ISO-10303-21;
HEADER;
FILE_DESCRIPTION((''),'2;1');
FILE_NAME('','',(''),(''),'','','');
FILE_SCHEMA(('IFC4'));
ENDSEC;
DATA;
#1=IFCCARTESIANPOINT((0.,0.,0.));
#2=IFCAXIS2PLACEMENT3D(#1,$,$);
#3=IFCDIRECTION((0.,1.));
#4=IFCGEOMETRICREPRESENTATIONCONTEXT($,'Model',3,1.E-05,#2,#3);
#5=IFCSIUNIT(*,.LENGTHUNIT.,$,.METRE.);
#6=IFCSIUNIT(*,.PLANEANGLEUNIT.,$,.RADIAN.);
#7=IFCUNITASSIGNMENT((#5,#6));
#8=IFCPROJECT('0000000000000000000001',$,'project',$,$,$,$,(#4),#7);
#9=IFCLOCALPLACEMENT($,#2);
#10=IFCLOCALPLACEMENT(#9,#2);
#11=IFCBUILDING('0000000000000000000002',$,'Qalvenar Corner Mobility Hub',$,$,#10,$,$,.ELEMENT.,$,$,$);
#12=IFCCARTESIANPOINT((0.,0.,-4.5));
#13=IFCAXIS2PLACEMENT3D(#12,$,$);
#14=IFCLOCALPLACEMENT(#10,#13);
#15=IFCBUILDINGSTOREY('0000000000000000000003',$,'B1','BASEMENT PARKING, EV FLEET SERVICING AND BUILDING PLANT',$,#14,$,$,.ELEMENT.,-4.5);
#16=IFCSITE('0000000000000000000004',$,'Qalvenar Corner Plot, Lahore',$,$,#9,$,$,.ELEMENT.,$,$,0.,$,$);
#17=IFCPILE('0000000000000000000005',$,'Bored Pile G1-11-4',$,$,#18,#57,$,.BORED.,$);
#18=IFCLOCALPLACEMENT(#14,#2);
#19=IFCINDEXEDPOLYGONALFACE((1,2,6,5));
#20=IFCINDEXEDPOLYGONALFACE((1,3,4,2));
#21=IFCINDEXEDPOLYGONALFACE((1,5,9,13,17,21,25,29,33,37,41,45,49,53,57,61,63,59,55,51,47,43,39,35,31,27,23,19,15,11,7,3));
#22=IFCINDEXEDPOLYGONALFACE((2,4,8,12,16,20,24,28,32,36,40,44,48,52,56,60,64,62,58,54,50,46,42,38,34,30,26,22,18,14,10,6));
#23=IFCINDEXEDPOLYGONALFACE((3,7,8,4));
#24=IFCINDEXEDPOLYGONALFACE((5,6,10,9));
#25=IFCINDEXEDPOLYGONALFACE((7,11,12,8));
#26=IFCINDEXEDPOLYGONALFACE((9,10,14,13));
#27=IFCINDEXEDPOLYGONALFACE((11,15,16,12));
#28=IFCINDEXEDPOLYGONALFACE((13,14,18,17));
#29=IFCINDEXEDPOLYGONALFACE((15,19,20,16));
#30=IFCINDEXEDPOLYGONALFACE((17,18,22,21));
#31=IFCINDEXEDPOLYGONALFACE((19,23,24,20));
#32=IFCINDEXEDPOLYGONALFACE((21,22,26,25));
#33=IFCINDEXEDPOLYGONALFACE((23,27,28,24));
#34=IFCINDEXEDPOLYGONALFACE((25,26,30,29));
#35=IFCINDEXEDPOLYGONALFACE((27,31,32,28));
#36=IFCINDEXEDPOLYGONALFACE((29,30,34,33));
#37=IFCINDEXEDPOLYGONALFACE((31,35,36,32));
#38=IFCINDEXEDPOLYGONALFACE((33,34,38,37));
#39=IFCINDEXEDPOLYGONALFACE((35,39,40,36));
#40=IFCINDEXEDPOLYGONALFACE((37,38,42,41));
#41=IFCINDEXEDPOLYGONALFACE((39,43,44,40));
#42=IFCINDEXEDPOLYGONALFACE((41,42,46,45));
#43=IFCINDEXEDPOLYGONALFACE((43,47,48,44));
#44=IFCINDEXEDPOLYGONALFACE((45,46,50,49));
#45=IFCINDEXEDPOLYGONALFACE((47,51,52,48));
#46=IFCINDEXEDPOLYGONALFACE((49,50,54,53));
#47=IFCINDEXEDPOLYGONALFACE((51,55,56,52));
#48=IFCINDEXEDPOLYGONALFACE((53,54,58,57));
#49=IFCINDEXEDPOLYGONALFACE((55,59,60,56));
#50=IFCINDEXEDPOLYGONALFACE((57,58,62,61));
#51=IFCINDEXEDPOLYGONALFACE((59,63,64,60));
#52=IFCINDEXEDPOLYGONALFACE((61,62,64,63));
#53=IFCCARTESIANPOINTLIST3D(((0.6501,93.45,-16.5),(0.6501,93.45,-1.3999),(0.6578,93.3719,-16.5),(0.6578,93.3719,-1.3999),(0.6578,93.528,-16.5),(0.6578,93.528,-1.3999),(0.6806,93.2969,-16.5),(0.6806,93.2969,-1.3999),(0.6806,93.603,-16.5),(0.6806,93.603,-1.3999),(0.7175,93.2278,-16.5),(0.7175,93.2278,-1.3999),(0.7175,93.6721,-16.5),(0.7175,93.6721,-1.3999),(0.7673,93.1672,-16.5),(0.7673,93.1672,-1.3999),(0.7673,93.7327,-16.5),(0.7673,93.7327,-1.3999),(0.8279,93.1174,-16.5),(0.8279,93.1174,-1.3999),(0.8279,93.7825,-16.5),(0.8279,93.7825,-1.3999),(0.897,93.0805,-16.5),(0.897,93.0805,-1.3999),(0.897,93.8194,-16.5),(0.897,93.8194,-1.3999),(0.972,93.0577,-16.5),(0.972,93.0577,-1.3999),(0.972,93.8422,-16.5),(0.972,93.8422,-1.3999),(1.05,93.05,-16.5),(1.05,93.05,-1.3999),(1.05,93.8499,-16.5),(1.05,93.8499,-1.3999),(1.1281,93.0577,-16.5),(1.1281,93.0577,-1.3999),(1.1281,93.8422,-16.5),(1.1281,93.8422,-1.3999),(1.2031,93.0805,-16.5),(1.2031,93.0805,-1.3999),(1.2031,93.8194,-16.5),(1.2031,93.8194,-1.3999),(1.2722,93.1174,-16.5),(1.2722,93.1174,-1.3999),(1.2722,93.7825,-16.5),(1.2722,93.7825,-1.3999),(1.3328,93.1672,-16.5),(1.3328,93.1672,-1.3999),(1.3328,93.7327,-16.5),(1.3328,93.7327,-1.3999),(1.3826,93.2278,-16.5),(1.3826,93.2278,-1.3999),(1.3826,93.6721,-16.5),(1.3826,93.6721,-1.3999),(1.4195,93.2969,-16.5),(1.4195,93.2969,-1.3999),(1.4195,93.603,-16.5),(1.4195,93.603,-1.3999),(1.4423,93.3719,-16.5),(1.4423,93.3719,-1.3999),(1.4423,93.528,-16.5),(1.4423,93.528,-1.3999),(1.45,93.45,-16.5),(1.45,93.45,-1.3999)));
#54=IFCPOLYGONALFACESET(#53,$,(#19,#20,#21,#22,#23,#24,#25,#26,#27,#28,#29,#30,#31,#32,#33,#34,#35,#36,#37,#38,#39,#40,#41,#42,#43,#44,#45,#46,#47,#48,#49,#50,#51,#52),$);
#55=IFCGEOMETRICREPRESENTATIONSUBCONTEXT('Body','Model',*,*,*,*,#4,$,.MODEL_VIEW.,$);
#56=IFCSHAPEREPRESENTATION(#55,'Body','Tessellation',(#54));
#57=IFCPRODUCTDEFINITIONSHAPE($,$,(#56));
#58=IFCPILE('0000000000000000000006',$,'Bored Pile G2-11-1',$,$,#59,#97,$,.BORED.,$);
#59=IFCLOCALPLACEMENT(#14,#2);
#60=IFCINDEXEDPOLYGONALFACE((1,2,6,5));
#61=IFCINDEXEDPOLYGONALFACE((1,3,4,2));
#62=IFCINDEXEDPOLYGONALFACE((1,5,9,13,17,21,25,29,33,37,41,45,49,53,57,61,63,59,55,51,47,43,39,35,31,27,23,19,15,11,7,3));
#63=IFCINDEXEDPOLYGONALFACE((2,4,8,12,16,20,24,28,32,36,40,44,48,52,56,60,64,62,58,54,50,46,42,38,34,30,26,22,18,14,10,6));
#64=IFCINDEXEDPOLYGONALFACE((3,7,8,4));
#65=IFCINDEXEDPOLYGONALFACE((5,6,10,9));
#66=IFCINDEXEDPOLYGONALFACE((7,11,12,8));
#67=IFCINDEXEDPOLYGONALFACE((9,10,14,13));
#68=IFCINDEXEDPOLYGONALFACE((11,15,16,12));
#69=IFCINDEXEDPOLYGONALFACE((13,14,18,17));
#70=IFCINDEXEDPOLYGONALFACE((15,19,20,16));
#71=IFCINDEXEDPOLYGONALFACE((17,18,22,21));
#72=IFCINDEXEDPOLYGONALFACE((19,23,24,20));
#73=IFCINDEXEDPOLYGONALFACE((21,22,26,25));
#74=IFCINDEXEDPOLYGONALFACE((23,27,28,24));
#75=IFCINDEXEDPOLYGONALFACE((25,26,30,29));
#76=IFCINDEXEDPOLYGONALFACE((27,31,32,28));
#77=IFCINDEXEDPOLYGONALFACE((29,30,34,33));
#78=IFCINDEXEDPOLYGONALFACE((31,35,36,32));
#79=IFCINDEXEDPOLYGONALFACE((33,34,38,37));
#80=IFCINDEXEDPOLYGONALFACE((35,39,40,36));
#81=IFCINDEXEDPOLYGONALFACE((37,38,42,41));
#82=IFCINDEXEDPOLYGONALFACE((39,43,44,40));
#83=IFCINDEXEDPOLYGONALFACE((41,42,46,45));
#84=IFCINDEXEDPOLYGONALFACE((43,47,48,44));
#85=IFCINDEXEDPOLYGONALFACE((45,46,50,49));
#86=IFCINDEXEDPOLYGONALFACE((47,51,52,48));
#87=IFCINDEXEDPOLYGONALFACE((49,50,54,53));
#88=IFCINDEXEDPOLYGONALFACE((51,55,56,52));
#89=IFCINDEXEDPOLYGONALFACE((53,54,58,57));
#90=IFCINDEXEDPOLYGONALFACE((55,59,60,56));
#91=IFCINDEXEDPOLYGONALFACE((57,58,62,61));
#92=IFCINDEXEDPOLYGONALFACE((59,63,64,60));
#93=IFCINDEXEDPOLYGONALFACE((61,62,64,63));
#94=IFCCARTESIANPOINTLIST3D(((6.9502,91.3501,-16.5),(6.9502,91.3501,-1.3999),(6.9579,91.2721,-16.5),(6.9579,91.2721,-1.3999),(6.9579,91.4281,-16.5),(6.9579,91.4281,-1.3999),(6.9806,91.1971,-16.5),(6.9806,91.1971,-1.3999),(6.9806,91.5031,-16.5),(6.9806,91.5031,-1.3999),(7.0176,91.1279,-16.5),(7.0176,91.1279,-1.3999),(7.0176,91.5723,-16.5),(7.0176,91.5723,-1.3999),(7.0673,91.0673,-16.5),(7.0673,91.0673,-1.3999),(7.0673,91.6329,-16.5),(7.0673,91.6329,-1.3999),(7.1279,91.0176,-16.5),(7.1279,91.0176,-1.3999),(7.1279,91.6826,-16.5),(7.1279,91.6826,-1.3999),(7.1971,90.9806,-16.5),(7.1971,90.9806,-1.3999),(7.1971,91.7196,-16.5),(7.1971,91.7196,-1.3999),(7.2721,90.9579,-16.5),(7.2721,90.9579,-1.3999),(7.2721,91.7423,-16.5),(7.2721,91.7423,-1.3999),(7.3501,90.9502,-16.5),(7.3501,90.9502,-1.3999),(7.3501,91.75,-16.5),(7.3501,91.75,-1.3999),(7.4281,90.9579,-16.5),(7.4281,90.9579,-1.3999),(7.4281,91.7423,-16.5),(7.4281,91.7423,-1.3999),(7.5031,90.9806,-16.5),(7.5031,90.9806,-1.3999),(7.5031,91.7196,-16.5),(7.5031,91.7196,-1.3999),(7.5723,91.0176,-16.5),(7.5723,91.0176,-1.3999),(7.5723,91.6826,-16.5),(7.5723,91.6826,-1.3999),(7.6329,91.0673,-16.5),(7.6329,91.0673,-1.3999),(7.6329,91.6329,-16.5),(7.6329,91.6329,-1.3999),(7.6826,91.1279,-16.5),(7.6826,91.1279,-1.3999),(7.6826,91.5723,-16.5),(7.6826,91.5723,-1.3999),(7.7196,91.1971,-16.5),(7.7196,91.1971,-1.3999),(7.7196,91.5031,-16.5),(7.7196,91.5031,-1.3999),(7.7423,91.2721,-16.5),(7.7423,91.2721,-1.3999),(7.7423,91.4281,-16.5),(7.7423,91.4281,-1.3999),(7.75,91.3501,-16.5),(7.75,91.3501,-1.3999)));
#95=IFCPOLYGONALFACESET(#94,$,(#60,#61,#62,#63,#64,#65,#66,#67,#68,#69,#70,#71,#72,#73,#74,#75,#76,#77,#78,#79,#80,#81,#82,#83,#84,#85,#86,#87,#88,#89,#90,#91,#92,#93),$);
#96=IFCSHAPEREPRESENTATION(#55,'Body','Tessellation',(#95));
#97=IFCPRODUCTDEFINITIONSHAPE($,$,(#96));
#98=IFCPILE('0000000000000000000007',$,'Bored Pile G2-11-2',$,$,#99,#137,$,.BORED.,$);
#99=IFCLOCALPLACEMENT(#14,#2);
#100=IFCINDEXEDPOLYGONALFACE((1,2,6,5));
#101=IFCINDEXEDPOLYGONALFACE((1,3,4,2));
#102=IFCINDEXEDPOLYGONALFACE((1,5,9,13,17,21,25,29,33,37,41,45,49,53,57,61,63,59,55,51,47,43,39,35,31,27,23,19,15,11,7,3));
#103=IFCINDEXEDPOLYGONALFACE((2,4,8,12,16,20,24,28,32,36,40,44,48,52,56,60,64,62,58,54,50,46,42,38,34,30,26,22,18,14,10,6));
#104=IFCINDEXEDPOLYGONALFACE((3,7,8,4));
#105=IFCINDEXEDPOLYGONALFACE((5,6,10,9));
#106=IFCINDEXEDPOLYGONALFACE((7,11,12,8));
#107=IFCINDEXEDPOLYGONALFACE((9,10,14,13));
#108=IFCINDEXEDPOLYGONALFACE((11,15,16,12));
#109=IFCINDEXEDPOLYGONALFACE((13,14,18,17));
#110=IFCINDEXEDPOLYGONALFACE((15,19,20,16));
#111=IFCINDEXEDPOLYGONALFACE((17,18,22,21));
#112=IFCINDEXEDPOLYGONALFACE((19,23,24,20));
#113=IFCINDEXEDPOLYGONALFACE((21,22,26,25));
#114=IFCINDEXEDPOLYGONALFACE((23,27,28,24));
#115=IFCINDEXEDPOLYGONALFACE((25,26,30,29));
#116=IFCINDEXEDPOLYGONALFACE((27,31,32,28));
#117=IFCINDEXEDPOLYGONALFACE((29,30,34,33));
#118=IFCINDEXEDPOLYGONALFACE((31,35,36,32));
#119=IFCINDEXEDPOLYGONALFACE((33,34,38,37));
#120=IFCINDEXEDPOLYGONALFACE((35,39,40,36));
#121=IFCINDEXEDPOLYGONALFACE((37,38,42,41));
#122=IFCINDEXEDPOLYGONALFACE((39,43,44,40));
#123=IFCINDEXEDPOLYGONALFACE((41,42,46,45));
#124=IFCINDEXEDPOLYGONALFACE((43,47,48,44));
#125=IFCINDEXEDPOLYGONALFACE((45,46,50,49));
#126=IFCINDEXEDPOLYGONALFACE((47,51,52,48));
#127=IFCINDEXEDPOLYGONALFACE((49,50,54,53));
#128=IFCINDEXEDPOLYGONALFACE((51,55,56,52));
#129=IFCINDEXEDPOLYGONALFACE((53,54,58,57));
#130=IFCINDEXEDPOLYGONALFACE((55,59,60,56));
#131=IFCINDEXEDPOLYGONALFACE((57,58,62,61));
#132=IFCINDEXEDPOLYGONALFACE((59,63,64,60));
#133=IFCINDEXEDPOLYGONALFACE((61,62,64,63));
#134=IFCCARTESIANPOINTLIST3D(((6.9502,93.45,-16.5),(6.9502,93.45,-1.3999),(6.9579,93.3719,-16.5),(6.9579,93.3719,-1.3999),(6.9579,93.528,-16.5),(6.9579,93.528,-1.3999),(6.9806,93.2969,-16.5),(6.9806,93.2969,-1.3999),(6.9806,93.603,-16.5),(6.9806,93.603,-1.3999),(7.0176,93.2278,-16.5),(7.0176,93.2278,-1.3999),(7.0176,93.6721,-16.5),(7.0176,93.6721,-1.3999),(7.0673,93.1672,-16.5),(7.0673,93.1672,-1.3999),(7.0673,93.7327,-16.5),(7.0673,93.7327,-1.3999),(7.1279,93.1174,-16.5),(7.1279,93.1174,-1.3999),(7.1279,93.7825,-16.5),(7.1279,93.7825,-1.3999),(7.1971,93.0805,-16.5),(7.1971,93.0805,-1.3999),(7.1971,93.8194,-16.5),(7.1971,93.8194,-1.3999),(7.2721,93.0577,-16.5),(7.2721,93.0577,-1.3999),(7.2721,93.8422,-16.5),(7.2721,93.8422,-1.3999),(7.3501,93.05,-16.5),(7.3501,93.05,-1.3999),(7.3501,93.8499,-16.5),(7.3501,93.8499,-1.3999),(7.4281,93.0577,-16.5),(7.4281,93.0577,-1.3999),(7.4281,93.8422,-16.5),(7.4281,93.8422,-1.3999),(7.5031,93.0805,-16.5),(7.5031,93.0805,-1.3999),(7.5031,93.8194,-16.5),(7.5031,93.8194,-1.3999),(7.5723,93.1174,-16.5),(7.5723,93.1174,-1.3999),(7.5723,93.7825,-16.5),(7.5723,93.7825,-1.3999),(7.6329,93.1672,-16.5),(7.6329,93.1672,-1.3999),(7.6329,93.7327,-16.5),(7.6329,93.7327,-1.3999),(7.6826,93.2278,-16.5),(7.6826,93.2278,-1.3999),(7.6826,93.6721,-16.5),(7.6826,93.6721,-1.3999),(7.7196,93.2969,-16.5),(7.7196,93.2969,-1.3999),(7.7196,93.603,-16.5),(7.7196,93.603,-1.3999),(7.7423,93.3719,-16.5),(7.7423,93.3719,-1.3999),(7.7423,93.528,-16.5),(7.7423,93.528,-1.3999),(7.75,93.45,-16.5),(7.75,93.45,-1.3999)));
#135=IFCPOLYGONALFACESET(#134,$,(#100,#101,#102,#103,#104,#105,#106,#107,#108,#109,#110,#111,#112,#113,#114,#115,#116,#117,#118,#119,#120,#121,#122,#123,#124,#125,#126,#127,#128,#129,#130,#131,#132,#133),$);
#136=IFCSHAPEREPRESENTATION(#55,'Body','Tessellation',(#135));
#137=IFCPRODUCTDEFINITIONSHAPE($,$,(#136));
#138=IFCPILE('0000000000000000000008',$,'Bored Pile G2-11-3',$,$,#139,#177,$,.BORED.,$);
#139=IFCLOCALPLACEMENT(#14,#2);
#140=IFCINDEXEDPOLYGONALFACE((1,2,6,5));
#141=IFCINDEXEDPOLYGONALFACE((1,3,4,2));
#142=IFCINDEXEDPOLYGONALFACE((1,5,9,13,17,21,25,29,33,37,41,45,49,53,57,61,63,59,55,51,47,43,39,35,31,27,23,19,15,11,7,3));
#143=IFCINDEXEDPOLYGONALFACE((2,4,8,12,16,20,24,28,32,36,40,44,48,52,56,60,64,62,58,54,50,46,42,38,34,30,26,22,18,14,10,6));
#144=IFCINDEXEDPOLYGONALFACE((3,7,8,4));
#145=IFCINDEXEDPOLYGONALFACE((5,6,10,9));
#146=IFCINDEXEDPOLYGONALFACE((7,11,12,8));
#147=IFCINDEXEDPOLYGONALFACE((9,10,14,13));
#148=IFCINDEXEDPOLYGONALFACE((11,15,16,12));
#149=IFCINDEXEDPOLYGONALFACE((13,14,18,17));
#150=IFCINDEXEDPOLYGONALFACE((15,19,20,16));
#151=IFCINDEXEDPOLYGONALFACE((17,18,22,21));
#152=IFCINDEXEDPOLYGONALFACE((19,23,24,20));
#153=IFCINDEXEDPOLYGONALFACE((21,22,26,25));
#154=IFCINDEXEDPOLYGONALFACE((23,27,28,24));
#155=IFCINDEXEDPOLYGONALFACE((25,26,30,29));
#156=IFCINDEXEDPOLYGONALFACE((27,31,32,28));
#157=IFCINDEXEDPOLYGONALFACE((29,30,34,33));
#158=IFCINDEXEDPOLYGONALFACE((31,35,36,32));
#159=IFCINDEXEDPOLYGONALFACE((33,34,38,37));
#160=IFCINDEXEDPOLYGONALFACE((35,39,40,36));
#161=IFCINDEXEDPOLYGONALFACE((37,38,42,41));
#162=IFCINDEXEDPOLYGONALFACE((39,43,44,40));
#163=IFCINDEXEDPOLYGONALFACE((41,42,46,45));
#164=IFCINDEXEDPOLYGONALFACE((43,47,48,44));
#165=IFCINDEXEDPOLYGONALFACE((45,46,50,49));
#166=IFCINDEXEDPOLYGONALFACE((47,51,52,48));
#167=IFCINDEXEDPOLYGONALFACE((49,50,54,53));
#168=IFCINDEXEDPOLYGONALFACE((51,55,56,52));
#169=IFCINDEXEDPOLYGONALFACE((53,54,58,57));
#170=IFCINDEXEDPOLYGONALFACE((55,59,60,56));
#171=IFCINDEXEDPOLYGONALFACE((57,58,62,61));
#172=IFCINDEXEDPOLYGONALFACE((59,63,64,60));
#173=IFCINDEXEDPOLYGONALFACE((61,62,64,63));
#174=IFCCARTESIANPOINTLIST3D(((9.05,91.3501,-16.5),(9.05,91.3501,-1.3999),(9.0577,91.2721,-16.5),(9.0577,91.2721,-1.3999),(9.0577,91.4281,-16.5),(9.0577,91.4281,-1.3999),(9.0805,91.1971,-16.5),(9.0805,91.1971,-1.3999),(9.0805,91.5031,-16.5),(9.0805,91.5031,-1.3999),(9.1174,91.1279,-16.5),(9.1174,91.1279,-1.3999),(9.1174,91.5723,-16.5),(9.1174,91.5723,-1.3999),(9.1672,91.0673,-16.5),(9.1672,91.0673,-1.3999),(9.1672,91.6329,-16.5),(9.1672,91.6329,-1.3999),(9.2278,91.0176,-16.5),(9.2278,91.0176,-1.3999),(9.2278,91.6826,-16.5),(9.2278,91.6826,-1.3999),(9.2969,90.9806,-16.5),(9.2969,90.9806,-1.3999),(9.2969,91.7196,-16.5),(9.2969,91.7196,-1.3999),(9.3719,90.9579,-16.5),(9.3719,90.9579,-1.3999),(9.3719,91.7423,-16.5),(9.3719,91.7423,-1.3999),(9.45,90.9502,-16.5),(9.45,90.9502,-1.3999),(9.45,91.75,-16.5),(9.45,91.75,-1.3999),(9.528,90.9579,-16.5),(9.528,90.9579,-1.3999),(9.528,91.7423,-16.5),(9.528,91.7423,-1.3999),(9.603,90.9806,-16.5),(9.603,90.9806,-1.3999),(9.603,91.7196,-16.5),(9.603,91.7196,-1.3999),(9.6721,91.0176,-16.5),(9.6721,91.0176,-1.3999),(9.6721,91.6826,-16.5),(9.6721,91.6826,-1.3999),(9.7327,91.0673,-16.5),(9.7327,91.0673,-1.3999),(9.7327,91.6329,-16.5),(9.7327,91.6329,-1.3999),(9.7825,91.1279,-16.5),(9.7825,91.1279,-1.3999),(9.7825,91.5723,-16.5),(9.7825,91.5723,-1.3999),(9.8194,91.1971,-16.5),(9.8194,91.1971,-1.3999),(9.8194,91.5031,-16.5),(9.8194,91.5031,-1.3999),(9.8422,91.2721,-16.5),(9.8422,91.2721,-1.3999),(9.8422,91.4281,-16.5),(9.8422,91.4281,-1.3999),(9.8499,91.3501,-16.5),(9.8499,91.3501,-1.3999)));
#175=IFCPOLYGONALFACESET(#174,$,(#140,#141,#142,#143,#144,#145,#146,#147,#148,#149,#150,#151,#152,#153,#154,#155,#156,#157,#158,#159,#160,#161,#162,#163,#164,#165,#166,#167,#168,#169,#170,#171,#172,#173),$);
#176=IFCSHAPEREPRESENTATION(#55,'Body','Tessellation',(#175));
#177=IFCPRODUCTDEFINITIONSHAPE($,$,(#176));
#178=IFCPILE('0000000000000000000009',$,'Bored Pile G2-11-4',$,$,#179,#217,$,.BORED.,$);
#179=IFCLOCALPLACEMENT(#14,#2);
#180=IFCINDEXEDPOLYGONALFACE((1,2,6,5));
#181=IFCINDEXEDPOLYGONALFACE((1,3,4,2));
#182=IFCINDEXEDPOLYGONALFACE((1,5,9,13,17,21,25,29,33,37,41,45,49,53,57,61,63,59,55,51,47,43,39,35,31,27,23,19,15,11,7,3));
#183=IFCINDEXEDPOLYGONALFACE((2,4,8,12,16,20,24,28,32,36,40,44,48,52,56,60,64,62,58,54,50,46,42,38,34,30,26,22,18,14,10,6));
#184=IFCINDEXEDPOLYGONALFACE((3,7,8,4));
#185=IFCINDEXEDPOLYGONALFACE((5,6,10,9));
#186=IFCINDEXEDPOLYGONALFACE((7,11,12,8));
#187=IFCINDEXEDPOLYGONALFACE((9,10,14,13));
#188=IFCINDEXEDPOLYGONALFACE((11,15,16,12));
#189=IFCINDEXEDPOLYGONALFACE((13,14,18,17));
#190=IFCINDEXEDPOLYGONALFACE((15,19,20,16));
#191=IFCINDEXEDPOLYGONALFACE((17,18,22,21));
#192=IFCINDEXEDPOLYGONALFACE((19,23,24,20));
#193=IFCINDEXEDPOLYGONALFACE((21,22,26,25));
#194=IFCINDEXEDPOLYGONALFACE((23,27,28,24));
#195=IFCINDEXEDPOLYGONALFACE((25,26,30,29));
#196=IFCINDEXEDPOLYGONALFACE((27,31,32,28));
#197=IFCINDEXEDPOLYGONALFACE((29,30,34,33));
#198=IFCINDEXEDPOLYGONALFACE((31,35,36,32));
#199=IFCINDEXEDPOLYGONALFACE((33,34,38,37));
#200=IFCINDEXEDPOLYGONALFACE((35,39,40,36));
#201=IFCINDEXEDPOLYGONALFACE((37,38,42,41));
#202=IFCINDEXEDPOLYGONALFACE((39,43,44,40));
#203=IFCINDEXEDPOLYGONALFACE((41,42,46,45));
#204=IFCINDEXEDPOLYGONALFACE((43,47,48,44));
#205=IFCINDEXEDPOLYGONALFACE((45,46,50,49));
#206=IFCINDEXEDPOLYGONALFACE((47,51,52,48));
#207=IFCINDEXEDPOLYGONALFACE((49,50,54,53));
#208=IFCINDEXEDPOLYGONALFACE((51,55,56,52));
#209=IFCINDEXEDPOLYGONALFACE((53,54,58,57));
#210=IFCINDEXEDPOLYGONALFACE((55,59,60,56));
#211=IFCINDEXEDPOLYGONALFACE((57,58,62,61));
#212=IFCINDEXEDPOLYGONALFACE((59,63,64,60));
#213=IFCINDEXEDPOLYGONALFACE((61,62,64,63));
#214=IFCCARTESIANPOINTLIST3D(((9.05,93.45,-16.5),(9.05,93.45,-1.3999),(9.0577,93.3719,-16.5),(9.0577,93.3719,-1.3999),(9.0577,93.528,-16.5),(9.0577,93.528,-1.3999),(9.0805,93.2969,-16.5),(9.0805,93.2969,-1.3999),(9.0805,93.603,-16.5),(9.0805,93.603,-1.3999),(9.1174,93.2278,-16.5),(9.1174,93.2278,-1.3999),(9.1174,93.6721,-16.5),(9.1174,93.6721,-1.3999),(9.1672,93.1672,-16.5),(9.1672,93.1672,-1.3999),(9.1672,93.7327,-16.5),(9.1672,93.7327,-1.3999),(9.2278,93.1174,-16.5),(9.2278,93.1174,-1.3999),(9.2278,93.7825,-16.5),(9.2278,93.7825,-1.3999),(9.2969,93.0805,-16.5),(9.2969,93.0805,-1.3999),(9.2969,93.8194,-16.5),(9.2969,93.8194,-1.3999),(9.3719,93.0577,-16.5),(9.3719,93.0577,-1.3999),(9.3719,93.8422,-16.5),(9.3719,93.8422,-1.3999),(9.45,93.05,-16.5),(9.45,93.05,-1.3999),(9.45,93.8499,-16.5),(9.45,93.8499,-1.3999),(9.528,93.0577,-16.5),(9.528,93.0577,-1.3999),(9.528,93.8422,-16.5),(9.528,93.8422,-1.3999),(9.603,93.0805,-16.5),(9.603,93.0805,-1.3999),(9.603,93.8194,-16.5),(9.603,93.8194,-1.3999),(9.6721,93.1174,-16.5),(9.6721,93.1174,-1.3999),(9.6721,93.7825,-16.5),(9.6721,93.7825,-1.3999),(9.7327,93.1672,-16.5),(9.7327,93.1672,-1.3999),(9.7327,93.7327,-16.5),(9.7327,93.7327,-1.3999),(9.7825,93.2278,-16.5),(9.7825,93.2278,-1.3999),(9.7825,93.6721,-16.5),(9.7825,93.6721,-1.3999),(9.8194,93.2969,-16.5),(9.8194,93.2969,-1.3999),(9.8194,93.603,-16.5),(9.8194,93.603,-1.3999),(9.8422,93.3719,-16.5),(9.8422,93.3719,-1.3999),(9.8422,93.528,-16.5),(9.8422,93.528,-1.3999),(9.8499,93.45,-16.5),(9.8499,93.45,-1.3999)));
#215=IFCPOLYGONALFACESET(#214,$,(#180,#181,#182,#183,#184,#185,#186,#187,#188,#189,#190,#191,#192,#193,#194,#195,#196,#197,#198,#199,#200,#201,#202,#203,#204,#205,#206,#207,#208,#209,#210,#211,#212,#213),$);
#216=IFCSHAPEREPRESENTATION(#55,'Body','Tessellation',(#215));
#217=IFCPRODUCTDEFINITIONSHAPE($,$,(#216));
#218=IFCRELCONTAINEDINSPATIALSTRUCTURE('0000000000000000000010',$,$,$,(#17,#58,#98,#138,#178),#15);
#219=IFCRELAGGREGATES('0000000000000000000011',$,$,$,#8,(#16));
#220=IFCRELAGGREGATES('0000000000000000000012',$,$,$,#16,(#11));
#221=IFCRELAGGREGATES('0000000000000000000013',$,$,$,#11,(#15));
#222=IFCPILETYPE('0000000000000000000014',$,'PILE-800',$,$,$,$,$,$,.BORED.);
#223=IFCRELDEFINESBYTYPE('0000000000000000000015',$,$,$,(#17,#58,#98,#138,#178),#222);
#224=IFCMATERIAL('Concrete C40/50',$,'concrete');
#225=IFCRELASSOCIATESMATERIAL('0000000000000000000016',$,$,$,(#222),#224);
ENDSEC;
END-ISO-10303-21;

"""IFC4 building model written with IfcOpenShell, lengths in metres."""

from ifc_helpers import new_model, si_unit, direction, frame, origin, origin_2d, place, context, subcontext, project, spatial, circle, extrude, material, material_profile, profile_set, type_object, element, save


model = new_model("IFC4")

# Units and contexts
model_context = context("Model", 3, precision=1e-05, world=origin(), true_north=direction((0.0, 1.0)))
body_context = subcontext(model_context, "Body", "Model", "MODEL_VIEW")
ifc_project = project(units=[si_unit("LENGTHUNIT", "METRE"), si_unit("PLANEANGLEUNIT", "RADIAN")], contexts=[model_context])

# Site, building, storey
site_placement = place(None, origin())
site = spatial("IfcSite", under=ifc_project, at=site_placement, Name="Qalvenar Corner Plot, Lahore", CompositionType="ELEMENT", RefElevation=0.0)
building_placement = place(site_placement, origin())
building = spatial("IfcBuilding", under=site, at=building_placement, Name="Qalvenar Corner Mobility Hub", CompositionType="ELEMENT")
storey_placement = place(building_placement, frame((0.0, 0.0, -4.5)))
storey = spatial("IfcBuildingStorey", under=building, at=storey_placement, Name="B1", Description="BASEMENT PARKING, EV FLEET SERVICING AND BUILDING PLANT", CompositionType="ELEMENT", Elevation=-4.5)

# Shared definitions
ifc_material_1 = material(Name="Concrete C40/50", Category="concrete")

# Piles
ifc_material_profile_1 = material_profile(ifc_material_1, circle(Radius=0.3999, at=origin_2d()), Name="DIA800")
ifc_profile_set_1 = profile_set([ifc_material_profile_1], Name="Concrete C40/50")
pile_type_1 = type_object("IfcPileType", Name="PILE-800", PredefinedType="BORED", material=ifc_profile_set_1)
for number, where, z_axis, x_axis, name in (
    (1, (1.05, 93.45, -1.3999), (0.0, 0.0, -1.0), (1.0, 0.0, 0.0), "Bored Pile G1-11-4"),
    (2, (7.3501, 91.3501, -1.3999), (0.0, 0.0, -1.0), (1.0, 0.0, 0.0), "Bored Pile G2-11-1"),
    (3, (7.3501, 93.45, -1.3999), (0.0, 0.0, -1.0), (1.0, 0.0, 0.0), "Bored Pile G2-11-2"),
    (4, (9.45, 91.3501, -1.3999), (0.0, 0.0, -1.0), (1.0, 0.0, 0.0), "Bored Pile G2-11-3"),
    (5, (9.45, 93.45, -1.3999), (0.0, 0.0, -1.0), (1.0, 0.0, 0.0), "Bored Pile G2-11-4"),
):
    element("IfcPile", number, at=place(storey_placement, frame(where, z_axis=z_axis, x_axis=x_axis)), inside=storey, type_object=pile_type_1, Name=name, PredefinedType="BORED", context=body_context, shape_type="SweptSolid", body=[
        extrude(circle(Radius=0.3999, at=origin_2d()), origin(), (0.0, 0.0, 1.0), 15.1001),
    ])

save(model, "model.ifc")
